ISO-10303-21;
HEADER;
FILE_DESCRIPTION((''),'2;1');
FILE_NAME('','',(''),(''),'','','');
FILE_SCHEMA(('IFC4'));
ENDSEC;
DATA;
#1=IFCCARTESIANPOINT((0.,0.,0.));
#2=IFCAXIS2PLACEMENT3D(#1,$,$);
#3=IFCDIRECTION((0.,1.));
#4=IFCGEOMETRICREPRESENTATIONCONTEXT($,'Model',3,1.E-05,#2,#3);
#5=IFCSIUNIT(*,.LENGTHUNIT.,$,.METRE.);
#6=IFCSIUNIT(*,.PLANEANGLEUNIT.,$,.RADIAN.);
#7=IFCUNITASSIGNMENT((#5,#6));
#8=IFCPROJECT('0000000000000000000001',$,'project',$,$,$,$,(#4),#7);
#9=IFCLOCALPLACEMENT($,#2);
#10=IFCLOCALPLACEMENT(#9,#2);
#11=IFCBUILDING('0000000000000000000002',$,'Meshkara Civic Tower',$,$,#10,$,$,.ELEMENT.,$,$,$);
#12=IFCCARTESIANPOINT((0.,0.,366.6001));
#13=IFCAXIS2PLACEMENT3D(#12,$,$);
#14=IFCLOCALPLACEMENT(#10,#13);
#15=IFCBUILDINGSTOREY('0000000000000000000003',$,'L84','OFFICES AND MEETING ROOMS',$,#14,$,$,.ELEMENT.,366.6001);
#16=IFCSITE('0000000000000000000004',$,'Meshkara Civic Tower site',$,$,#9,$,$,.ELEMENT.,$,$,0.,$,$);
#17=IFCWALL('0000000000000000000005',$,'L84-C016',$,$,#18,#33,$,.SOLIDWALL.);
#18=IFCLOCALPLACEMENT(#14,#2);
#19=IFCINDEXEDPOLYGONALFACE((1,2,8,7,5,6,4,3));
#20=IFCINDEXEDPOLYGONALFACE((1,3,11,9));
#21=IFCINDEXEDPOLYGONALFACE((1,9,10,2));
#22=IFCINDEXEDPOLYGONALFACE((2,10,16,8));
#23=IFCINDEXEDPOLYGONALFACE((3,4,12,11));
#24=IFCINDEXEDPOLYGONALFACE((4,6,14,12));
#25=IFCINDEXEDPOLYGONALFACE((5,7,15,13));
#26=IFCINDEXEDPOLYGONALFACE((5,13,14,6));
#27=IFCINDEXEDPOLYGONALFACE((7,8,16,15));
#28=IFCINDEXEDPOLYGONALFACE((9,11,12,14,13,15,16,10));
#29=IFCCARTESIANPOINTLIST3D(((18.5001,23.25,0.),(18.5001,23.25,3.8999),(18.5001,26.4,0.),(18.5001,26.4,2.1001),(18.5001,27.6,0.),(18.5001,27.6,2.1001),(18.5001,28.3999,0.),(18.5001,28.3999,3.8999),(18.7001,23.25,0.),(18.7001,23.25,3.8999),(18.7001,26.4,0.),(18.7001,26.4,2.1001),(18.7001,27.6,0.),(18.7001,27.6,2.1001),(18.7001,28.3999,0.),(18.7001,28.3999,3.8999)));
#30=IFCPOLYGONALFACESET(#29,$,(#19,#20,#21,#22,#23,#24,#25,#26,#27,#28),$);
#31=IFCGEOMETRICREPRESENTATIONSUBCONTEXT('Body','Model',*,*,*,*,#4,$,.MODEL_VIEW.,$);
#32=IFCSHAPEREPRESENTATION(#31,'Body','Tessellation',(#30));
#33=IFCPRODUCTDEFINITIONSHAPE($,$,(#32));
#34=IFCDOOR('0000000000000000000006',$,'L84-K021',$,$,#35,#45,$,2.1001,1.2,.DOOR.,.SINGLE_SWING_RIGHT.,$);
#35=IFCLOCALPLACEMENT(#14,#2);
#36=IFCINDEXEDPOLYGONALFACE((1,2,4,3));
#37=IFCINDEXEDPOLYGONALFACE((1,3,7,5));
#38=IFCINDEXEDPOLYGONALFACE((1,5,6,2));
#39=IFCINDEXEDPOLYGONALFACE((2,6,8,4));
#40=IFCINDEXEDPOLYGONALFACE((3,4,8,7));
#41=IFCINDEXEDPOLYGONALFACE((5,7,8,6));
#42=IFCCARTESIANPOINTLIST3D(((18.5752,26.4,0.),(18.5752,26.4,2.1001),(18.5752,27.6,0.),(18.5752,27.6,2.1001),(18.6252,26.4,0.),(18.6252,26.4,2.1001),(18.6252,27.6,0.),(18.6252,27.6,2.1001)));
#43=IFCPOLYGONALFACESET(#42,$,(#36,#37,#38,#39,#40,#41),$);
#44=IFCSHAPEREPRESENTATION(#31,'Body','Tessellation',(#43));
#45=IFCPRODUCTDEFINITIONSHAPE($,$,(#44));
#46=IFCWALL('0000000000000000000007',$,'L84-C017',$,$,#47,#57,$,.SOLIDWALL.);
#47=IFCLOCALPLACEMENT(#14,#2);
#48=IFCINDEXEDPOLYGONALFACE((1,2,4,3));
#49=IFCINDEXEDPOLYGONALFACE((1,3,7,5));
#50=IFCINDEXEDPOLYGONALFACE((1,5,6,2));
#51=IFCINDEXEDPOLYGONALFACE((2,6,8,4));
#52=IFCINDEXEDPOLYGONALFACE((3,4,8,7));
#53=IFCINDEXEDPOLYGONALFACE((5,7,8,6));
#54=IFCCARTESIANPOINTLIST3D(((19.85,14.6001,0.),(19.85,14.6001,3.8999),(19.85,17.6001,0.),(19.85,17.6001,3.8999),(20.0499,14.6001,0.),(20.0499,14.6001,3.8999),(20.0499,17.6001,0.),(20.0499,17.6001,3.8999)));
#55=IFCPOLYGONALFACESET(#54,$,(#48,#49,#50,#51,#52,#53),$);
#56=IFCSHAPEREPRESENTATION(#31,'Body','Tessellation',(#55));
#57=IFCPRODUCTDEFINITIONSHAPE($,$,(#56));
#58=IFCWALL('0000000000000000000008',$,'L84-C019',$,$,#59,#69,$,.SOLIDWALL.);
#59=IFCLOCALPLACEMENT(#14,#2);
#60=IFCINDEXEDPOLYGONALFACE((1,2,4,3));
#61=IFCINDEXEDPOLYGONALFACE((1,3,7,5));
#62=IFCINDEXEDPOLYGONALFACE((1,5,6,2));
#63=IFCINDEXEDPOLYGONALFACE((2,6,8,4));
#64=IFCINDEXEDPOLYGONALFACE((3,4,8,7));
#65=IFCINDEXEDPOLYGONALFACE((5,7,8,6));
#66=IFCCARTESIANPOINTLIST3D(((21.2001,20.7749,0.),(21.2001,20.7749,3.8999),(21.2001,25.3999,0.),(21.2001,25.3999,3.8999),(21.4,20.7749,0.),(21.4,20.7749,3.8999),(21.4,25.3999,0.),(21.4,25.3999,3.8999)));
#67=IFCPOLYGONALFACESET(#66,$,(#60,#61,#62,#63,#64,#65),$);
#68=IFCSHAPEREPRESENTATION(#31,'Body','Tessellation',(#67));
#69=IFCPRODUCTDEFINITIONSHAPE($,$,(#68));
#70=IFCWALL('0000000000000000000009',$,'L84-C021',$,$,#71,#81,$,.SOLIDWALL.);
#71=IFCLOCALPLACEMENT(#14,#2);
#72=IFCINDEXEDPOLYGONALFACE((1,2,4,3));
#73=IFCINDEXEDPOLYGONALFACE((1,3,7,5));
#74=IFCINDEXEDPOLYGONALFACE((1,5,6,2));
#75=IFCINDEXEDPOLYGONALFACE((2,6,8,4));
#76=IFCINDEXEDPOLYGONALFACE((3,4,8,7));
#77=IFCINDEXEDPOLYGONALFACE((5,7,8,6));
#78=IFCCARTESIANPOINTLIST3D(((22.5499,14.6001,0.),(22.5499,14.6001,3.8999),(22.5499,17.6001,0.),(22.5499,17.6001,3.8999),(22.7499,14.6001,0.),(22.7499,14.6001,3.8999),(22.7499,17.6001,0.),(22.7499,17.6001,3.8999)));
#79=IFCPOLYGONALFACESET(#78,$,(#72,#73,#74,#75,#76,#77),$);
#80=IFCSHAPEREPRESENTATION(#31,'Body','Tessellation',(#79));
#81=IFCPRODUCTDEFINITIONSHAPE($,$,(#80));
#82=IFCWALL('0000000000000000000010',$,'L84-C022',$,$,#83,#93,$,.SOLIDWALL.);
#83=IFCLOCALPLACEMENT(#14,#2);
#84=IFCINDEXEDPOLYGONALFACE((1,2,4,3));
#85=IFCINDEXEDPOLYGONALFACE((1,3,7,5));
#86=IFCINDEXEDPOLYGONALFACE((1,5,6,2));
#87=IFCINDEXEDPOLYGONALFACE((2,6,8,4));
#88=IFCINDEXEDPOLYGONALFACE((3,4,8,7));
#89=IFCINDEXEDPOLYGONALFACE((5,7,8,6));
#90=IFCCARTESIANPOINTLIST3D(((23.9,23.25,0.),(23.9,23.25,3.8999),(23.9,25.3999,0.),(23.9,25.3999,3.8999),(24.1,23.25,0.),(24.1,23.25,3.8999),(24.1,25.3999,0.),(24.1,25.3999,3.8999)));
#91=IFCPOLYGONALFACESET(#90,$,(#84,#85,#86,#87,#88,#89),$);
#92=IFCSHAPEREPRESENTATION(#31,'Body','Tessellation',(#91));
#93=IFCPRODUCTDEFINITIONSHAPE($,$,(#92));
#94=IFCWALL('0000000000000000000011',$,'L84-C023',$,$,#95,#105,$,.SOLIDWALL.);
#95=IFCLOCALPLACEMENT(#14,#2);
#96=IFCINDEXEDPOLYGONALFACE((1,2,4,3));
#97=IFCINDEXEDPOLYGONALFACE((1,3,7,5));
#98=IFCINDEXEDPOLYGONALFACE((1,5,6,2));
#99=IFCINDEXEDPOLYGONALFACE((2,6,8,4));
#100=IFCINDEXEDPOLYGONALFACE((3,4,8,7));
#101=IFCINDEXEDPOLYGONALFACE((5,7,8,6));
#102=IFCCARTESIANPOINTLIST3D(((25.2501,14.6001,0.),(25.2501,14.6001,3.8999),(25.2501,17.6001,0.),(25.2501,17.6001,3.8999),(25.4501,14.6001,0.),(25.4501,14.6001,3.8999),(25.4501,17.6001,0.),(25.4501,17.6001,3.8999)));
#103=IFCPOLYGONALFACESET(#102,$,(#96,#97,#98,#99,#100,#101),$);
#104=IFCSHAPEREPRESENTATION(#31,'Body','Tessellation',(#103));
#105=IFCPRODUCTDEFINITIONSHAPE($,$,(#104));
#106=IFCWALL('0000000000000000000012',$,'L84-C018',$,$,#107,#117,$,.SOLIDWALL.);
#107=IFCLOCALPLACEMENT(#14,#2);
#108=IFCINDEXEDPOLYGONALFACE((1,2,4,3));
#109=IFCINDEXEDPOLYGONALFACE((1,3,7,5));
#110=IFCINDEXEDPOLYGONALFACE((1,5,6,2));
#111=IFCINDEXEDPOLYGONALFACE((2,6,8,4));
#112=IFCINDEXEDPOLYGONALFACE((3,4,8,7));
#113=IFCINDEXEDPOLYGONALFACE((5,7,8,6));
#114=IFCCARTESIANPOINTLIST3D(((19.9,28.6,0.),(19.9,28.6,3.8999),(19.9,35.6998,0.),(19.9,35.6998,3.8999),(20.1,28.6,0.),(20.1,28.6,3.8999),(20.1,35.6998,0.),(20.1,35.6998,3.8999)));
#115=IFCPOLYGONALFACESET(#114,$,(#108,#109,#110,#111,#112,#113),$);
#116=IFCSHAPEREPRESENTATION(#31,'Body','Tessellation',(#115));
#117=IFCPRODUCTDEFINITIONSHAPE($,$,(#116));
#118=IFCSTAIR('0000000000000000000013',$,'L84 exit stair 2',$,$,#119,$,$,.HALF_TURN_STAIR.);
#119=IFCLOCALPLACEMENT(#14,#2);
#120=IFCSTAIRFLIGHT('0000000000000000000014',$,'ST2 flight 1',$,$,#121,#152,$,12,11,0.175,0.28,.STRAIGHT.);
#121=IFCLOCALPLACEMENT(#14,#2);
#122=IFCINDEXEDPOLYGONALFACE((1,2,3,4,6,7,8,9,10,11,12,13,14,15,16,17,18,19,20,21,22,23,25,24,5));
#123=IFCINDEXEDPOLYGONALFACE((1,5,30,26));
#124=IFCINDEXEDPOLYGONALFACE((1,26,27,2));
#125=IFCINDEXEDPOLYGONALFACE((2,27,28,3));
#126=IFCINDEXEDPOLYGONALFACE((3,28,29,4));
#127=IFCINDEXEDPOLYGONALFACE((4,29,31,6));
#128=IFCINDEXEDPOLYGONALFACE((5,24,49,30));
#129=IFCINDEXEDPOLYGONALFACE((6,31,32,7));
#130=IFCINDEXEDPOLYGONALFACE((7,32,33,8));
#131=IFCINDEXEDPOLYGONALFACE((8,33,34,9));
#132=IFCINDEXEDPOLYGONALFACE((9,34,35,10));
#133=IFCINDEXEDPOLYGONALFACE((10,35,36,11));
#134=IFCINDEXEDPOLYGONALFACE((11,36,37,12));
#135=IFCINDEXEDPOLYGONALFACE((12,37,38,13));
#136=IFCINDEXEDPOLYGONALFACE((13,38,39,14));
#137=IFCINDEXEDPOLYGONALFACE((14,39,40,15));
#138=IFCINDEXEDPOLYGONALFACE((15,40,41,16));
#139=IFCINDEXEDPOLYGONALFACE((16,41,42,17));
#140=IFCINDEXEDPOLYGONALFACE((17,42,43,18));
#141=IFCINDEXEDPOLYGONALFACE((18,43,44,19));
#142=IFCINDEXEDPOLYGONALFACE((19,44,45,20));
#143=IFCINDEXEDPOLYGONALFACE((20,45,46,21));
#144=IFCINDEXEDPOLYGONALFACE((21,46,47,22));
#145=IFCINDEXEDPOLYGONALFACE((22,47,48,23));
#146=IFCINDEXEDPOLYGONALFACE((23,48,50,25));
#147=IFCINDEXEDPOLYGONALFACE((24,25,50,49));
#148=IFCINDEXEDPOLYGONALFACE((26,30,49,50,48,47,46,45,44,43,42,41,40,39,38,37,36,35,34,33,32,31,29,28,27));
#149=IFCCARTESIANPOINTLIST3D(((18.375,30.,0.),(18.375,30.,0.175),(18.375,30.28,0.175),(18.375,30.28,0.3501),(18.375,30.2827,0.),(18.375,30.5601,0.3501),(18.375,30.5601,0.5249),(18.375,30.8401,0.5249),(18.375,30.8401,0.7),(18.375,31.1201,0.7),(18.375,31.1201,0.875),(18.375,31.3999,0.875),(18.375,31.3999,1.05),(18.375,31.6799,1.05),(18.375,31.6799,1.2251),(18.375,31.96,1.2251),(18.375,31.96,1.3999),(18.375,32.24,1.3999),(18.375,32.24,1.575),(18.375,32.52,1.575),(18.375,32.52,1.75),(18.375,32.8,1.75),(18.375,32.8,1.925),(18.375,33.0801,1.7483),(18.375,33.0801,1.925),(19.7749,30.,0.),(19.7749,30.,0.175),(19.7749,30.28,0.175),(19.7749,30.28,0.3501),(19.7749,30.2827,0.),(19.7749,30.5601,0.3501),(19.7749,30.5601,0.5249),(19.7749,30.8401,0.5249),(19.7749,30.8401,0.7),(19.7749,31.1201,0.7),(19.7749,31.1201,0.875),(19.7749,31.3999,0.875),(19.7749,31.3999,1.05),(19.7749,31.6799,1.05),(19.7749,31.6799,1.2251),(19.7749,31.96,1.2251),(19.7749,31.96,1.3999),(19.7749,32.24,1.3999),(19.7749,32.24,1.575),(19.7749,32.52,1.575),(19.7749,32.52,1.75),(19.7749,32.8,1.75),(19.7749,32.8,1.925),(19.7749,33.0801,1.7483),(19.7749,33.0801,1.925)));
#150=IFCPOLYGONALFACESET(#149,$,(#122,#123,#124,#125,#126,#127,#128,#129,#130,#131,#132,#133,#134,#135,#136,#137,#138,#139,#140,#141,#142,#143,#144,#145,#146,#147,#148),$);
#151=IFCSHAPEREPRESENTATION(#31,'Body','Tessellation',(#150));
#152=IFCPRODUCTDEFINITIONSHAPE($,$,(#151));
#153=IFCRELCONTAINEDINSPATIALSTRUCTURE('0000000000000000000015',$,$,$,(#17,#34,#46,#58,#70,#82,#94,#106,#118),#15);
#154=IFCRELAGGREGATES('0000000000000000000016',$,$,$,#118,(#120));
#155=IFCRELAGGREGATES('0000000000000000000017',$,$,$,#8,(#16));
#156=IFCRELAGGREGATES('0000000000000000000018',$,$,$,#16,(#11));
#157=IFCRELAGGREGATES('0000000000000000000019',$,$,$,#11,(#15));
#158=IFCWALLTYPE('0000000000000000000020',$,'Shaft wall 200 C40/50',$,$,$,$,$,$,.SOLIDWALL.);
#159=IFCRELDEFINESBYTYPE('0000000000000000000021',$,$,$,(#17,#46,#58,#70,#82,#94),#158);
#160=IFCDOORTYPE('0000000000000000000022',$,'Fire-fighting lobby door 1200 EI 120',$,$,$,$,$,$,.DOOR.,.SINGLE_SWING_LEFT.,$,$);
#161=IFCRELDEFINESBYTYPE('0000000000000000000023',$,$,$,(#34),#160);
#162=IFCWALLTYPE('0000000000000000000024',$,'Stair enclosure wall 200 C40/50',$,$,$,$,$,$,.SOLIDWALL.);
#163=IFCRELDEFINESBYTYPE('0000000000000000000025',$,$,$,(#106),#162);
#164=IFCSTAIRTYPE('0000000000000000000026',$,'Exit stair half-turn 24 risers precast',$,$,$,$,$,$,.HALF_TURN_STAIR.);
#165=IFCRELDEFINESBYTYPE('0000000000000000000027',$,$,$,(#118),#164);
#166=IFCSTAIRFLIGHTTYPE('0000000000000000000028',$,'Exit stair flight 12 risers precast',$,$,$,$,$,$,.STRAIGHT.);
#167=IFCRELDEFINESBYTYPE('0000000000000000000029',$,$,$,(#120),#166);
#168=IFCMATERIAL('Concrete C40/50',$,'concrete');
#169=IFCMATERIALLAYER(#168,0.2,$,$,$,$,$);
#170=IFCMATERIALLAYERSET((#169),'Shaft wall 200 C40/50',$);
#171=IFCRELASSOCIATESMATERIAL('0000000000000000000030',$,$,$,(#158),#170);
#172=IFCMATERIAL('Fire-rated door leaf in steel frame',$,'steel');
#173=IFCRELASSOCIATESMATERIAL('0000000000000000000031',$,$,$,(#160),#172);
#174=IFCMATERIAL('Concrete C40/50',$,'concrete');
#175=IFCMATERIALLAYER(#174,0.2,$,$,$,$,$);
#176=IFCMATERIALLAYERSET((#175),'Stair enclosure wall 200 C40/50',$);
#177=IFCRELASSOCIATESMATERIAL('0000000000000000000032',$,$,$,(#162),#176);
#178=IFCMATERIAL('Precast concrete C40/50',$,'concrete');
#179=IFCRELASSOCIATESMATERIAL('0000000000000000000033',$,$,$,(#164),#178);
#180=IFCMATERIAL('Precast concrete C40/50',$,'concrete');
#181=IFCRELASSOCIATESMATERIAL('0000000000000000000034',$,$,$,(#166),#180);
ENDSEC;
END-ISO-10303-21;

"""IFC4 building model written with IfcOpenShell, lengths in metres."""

from ifc_helpers import new_model, si_unit, direction, frame, frame_2d, origin, place, context, subcontext, project, spatial, polyline, rectangle, outline, extrude, material, layer, layer_set, type_object, element, fill, aggregate, save


model = new_model("IFC4")

# Units and contexts
model_context = context("Model", 3, precision=1e-05, world=origin(), true_north=direction((0.0, 1.0)))
body_context = subcontext(model_context, "Body", "Model", "MODEL_VIEW")
ifc_project = project(units=[si_unit("LENGTHUNIT", "METRE"), si_unit("PLANEANGLEUNIT", "RADIAN")], contexts=[model_context])

# Site, building, storey
site_placement = place(None, origin())
site = spatial("IfcSite", under=ifc_project, at=site_placement, Name="Meshkara Civic Tower site", CompositionType="ELEMENT", RefElevation=0.0)
building_placement = place(site_placement, origin())
building = spatial("IfcBuilding", under=site, at=building_placement, Name="Meshkara Civic Tower", CompositionType="ELEMENT")
storey_placement = place(building_placement, frame((0.0, 0.0, 366.6001)))
storey = spatial("IfcBuildingStorey", under=building, at=storey_placement, Name="L84", Description="OFFICES AND MEETING ROOMS", CompositionType="ELEMENT", Elevation=366.6001)

# Wall, opening, door
ifc_material_1 = material(Name="Concrete C40/50", Category="concrete")
ifc_layer_1 = layer(ifc_material_1, 0.2)
ifc_layer_set_1 = layer_set([ifc_layer_1], Name="Shaft wall 200 C40/50")
wall_type_1 = type_object("IfcWallType", Name="Shaft wall 200 C40/50", PredefinedType="SOLIDWALL", material=ifc_layer_set_1)
wall_1_placement = place(storey_placement, frame((18.6001, 23.25, 0.0), z_axis=(0.0, 0.0, 1.0), x_axis=(0.0, 1.0, 0.0)))
wall_1 = element("IfcWall", 1, at=wall_1_placement, inside=storey, type_object=wall_type_1, Name="L84-C016", PredefinedType="SOLIDWALL", context=body_context, shape_type="SweptSolid", body=[
    extrude(rectangle(XDim=5.1499, YDim=0.2, at=frame_2d((2.575, 0.0))), origin(), (0.0, 0.0, 1.0), 3.8999),
])
opening_1_placement = place(wall_1_placement, frame((3.1499, 0.0, 0.0)))
opening_1 = element("IfcOpeningElement", 2, at=opening_1_placement, cuts=wall_1, PredefinedType="OPENING", context=body_context, shape_type="SweptSolid", body=[
    extrude(rectangle(XDim=1.2, YDim=2.1001, at=frame_2d((0.6001, 1.05))), frame((0.0, 0.1099, 0.0), z_axis=(0.0, -1.0, 0.0), x_axis=(1.0, 0.0, 0.0)), (0.0, 0.0, 1.0), 0.22),
])
ifc_material_2 = material(Name="Fire-rated door leaf in steel frame", Category="steel")
door_type_1 = type_object("IfcDoorType", Name="Fire-fighting lobby door 1200 EI 120", OperationType="SINGLE_SWING_LEFT", PredefinedType="DOOR", material=ifc_material_2)
door_1_placement = place(opening_1_placement, origin())
door_1 = element("IfcDoor", 3, at=door_1_placement, inside=storey, type_object=door_type_1, Name="L84-K021", OperationType="SINGLE_SWING_RIGHT", OverallHeight=2.1001, OverallWidth=1.2, PredefinedType="DOOR", context=body_context, shape_type="SweptSolid", body=[
    extrude(rectangle(XDim=1.2, YDim=2.1001, at=frame_2d((0.6001, 1.05))), frame((0.0, 0.0249, 0.0), z_axis=(0.0, -1.0, 0.0), x_axis=(1.0, 0.0, 0.0)), (0.0, 0.0, 1.0), 0.05),
])
fill(opening_1, door_1)

# Walls
wall_2_placement = place(storey_placement, frame((19.95, 14.6001, 0.0), z_axis=(0.0, 0.0, 1.0), x_axis=(0.0, 1.0, 0.0)))
element("IfcWall", 4, at=wall_2_placement, inside=storey, type_object=wall_type_1, Name="L84-C017", PredefinedType="SOLIDWALL", context=body_context, shape_type="SweptSolid", body=[
    extrude(rectangle(XDim=3.0, YDim=0.2, at=frame_2d((1.5, 0.0))), origin(), (0.0, 0.0, 1.0), 3.8999),
])
wall_3_placement = place(storey_placement, frame((21.3, 20.7749, 0.0), z_axis=(0.0, 0.0, 1.0), x_axis=(0.0, 1.0, 0.0)))
element("IfcWall", 5, at=wall_3_placement, inside=storey, type_object=wall_type_1, Name="L84-C019", PredefinedType="SOLIDWALL", context=body_context, shape_type="SweptSolid", body=[
    extrude(rectangle(XDim=4.625, YDim=0.2, at=frame_2d((2.3125, 0.0))), origin(), (0.0, 0.0, 1.0), 3.8999),
])
wall_4_placement = place(storey_placement, frame((22.6499, 14.6001, 0.0), z_axis=(0.0, 0.0, 1.0), x_axis=(0.0, 1.0, 0.0)))
element("IfcWall", 6, at=wall_4_placement, inside=storey, type_object=wall_type_1, Name="L84-C021", PredefinedType="SOLIDWALL", context=body_context, shape_type="SweptSolid", body=[
    extrude(rectangle(XDim=3.0, YDim=0.2, at=frame_2d((1.5, 0.0))), origin(), (0.0, 0.0, 1.0), 3.8999),
])
wall_5_placement = place(storey_placement, frame((24.0, 23.25, 0.0), z_axis=(0.0, 0.0, 1.0), x_axis=(0.0, 1.0, 0.0)))
element("IfcWall", 7, at=wall_5_placement, inside=storey, type_object=wall_type_1, Name="L84-C022", PredefinedType="SOLIDWALL", context=body_context, shape_type="SweptSolid", body=[
    extrude(rectangle(XDim=2.1499, YDim=0.2, at=frame_2d((1.075, 0.0))), origin(), (0.0, 0.0, 1.0), 3.8999),
])
wall_6_placement = place(storey_placement, frame((25.3501, 14.6001, 0.0), z_axis=(0.0, 0.0, 1.0), x_axis=(0.0, 1.0, 0.0)))
element("IfcWall", 8, at=wall_6_placement, inside=storey, type_object=wall_type_1, Name="L84-C023", PredefinedType="SOLIDWALL", context=body_context, shape_type="SweptSolid", body=[
    extrude(rectangle(XDim=3.0, YDim=0.2, at=frame_2d((1.5, 0.0))), origin(), (0.0, 0.0, 1.0), 3.8999),
])
ifc_material_3 = material(Name="Concrete C40/50", Category="concrete")
ifc_layer_2 = layer(ifc_material_3, 0.2)
ifc_layer_set_2 = layer_set([ifc_layer_2], Name="Stair enclosure wall 200 C40/50")
wall_type_2 = type_object("IfcWallType", Name="Stair enclosure wall 200 C40/50", PredefinedType="SOLIDWALL", material=ifc_layer_set_2)
wall_7_placement = place(storey_placement, frame((20.0, 28.6001, 0.0), z_axis=(0.0, 0.0, 1.0), x_axis=(0.0, 1.0, 0.0)))
element("IfcWall", 9, at=wall_7_placement, inside=storey, type_object=wall_type_2, Name="L84-C018", PredefinedType="SOLIDWALL", context=body_context, shape_type="SweptSolid", body=[
    extrude(rectangle(XDim=7.0999, YDim=0.2, at=frame_2d((3.5498, 0.0))), origin(), (0.0, 0.0, 1.0), 3.8999),
])

# Stair, stair flight
ifc_material_4 = material(Name="Precast concrete C40/50", Category="concrete")
stair_type = type_object("IfcStairType", Name="Exit stair half-turn 24 risers precast", PredefinedType="HALF_TURN_STAIR", material=ifc_material_4)
stair_placement = place(storey_placement, origin())
stair = element("IfcStair", 10, at=stair_placement, inside=storey, type_object=stair_type, Name="L84 exit stair 2", PredefinedType="HALF_TURN_STAIR")
ifc_material_5 = material(Name="Precast concrete C40/50", Category="concrete")
stair_flight_type = type_object("IfcStairFlightType", Name="Exit stair flight 12 risers precast", PredefinedType="STRAIGHT", material=ifc_material_5)
stair_flight_placement = place(storey_placement, frame((19.075, 30.0, 0.0), z_axis=(0.0, 0.0, 1.0), x_axis=(0.0, 1.0, 0.0)))
stair_flight = element("IfcStairFlight", 11, at=stair_flight_placement, type_object=stair_flight_type, Name="ST2 flight 1", NumberOfRisers=12, NumberOfTreads=11, PredefinedType="STRAIGHT", RiserHeight=0.175, TreadLength=0.28, context=body_context, shape_type="SweptSolid", body=[
    extrude(outline(polyline([(0.0, 0.0), (0.0, 0.175), (0.28, 0.175), (0.28, 0.3501), (0.5601, 0.3501), (0.5601, 0.5249), (0.8401, 0.5249), (0.8401, 0.7), (1.1201, 0.7), (1.1201, 0.875), (1.3999, 0.875), (1.3999, 1.05), (1.6799, 1.05), (1.6799, 1.2251), (1.96, 1.2251), (1.96, 1.3999), (2.24, 1.3999), (2.24, 1.575), (2.52, 1.575), (2.52, 1.75), (2.8, 1.75), (2.8, 1.925), (3.0801, 1.925), (3.0801, 2.1001), (3.0801, 1.7483), (0.2827, 0.0), (0.0, 0.0)])), frame((0.0, 0.7, 0.0), z_axis=(0.0, -1.0, 0.0), x_axis=(1.0, 0.0, 0.0)), (0.0, 0.0, 1.0), 1.3999),
])
aggregate(stair, [stair_flight])

save(model, "model.ifc")
